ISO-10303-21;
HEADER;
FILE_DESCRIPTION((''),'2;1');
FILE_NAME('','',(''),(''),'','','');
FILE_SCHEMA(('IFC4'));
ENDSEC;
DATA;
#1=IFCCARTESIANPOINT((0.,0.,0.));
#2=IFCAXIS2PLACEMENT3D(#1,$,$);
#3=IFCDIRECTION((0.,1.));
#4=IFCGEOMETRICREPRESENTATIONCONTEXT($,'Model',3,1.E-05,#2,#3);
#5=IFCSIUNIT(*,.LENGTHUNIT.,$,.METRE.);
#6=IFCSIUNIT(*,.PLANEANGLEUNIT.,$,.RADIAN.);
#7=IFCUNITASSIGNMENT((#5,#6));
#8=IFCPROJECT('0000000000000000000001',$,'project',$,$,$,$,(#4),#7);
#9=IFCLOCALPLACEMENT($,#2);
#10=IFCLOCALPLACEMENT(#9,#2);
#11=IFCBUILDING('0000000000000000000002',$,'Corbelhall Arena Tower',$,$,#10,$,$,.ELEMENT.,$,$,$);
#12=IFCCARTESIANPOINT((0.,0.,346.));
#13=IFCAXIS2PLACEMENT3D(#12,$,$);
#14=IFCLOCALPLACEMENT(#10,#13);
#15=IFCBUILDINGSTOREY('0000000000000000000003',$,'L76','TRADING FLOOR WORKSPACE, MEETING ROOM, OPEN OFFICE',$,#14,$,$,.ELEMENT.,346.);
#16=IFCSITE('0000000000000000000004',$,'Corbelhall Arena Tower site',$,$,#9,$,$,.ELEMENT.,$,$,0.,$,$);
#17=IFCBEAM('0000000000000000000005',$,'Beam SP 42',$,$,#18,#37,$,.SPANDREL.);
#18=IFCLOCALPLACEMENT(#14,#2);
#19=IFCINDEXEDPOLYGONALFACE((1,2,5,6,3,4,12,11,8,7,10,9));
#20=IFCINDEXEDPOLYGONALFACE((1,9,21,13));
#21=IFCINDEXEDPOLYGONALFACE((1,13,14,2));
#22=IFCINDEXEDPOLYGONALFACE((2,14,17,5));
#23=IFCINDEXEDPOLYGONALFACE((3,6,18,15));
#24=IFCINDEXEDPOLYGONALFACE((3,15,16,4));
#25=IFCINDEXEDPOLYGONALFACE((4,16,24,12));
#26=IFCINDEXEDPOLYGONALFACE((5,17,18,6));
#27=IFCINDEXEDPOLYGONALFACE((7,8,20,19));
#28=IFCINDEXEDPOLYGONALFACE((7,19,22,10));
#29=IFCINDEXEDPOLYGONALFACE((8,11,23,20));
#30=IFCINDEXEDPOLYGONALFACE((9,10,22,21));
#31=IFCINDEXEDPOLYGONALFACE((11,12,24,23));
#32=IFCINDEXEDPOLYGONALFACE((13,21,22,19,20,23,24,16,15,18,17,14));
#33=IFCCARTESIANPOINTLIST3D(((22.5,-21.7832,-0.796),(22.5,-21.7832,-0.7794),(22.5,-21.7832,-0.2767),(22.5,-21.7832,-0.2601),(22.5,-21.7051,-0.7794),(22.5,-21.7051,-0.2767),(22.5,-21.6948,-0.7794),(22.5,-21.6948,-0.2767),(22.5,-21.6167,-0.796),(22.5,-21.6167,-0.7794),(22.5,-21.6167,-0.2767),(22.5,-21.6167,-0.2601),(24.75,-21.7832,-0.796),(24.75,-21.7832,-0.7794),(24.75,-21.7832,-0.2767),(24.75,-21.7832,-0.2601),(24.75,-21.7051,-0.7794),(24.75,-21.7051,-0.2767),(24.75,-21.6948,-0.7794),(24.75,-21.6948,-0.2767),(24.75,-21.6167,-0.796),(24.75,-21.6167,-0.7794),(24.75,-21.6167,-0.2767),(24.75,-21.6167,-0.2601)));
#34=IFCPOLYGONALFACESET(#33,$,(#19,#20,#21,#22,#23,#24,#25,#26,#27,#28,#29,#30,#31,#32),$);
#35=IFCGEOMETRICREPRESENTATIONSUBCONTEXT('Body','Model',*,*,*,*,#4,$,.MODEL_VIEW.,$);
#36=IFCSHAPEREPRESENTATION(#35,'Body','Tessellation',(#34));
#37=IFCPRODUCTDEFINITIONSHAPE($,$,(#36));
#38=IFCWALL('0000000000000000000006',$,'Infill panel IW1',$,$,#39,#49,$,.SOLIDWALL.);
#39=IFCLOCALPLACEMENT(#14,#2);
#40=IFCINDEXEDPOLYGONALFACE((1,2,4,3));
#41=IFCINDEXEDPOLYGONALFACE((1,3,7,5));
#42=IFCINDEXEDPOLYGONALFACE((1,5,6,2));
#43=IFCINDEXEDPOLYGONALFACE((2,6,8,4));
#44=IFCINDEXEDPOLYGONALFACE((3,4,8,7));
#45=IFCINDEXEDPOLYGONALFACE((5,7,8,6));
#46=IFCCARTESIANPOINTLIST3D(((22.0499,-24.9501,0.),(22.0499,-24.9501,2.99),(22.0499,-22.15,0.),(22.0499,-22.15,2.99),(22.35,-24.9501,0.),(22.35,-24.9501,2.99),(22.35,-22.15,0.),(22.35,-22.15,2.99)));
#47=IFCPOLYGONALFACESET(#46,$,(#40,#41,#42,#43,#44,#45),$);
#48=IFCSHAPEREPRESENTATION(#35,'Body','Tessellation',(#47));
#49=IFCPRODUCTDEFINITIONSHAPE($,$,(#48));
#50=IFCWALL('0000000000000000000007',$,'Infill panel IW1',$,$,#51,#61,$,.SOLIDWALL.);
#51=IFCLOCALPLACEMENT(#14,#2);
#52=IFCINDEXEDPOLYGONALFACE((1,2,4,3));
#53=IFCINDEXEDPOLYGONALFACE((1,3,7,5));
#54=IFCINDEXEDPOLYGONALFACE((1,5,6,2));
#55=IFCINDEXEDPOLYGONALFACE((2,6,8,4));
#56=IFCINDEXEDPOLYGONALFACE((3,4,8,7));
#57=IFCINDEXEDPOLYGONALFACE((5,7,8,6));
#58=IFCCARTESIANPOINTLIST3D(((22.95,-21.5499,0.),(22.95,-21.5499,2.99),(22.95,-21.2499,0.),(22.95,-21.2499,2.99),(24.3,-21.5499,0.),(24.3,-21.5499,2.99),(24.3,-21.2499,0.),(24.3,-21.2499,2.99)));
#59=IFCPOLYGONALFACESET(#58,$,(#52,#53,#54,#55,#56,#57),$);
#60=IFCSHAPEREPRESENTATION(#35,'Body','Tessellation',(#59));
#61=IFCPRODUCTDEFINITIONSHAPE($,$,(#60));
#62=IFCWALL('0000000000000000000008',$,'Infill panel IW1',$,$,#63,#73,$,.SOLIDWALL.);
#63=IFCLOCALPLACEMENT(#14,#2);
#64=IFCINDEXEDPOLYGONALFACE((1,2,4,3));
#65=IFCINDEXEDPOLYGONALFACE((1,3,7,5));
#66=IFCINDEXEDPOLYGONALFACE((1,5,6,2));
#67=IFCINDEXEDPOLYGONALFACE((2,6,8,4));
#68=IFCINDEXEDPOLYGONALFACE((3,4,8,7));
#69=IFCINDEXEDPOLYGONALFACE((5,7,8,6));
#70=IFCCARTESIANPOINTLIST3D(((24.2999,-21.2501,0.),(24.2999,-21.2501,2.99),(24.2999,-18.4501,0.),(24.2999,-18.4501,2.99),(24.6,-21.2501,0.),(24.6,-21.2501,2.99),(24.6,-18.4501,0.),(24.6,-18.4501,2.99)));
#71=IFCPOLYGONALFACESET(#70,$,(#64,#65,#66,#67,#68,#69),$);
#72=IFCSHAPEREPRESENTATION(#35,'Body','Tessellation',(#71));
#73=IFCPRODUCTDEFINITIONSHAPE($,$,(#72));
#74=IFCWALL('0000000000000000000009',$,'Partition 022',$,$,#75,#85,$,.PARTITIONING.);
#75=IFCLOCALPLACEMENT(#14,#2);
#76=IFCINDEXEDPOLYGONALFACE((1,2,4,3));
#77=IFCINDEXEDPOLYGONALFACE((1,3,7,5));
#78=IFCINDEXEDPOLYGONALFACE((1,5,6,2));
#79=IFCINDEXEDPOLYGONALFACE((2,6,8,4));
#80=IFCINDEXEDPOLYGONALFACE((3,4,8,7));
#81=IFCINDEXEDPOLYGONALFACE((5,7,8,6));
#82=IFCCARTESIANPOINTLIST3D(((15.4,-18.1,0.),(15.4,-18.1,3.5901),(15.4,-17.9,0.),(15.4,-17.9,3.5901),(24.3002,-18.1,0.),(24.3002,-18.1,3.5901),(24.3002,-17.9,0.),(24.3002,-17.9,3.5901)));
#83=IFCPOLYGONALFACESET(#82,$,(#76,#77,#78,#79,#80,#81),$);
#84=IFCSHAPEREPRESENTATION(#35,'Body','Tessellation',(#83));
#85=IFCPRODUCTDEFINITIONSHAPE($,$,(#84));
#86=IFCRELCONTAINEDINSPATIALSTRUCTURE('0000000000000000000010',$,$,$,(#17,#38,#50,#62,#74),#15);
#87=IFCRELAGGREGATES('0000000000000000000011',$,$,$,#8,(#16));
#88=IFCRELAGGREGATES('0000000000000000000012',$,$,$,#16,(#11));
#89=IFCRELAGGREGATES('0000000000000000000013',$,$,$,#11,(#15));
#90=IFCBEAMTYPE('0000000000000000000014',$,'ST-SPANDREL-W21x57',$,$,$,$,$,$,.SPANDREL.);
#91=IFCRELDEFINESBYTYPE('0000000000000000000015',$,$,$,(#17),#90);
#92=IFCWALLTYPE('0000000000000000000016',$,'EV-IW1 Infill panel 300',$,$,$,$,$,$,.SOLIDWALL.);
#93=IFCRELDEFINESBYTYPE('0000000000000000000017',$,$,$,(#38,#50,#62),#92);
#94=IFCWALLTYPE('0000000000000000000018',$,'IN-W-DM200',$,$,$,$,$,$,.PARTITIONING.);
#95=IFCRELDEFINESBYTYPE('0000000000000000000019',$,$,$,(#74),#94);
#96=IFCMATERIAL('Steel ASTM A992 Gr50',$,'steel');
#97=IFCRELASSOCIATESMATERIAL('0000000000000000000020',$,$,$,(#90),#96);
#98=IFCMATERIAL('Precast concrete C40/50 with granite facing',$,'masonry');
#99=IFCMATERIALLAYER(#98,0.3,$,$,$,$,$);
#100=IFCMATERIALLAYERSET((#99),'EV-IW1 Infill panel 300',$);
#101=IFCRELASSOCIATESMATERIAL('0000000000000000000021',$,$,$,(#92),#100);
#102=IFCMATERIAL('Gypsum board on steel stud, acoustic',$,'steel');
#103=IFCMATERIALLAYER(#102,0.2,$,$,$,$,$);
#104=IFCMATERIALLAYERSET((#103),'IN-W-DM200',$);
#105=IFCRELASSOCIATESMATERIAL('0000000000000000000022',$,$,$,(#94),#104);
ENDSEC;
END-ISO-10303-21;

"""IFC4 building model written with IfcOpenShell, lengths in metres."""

from ifc_helpers import new_model, si_unit, direction, frame, frame_2d, origin, origin_2d, place, context, subcontext, project, spatial, rectangle, i_section, extrude, material, layer, layer_set, material_profile, profile_set, type_object, element, save


model = new_model("IFC4")

# Units and contexts
model_context = context("Model", 3, precision=1e-05, world=origin(), true_north=direction((0.0, 1.0)))
body_context = subcontext(model_context, "Body", "Model", "MODEL_VIEW")
ifc_project = project(units=[si_unit("LENGTHUNIT", "METRE"), si_unit("PLANEANGLEUNIT", "RADIAN")], contexts=[model_context])

# Site, building, storey
site_placement = place(None, origin())
site = spatial("IfcSite", under=ifc_project, at=site_placement, Name="Corbelhall Arena Tower site", CompositionType="ELEMENT", RefElevation=0.0)
building_placement = place(site_placement, origin())
building = spatial("IfcBuilding", under=site, at=building_placement, Name="Corbelhall Arena Tower", CompositionType="ELEMENT")
storey_placement = place(building_placement, frame((0.0, 0.0, 346.0)))
storey = spatial("IfcBuildingStorey", under=building, at=storey_placement, Name="L76", Description="TRADING FLOOR WORKSPACE, MEETING ROOM, OPEN OFFICE", CompositionType="ELEMENT", Elevation=346.0)

# Beam
ifc_material_1 = material(Name="Steel ASTM A992 Gr50", Category="steel")
ifc_material_profile_1 = material_profile(ifc_material_1, i_section(OverallWidth=0.1665, OverallDepth=0.5359, WebThickness=0.0103, FlangeThickness=0.0166, at=origin_2d()))
ifc_profile_set_1 = profile_set([ifc_material_profile_1], Name="Steel ASTM A992 Gr50")
beam_type = type_object("IfcBeamType", Name="ST-SPANDREL-W21x57", PredefinedType="SPANDREL", material=ifc_profile_set_1)
beam_1_placement = place(storey_placement, frame((24.75, -21.7, -0.5281), z_axis=(-1.0, 0.0, 0.0), x_axis=(0.0, -1.0, 0.0)))
element("IfcBeam", 1, at=beam_1_placement, inside=storey, type_object=beam_type, Name="Beam SP 42", PredefinedType="SPANDREL", context=body_context, shape_type="SweptSolid", body=[
    extrude(i_section(OverallWidth=0.1665, OverallDepth=0.5359, WebThickness=0.0103, FlangeThickness=0.0166, at=origin_2d()), origin(), (0.0, 0.0, 1.0), 2.25),
])

# Shared definitions
ifc_material_2 = material(Name="Precast concrete C40/50 with granite facing", Category="masonry")
ifc_layer_1 = layer(ifc_material_2, 0.3)
ifc_layer_set_1 = layer_set([ifc_layer_1], Name="EV-IW1 Infill panel 300")
wall_type_1 = type_object("IfcWallType", Name="EV-IW1 Infill panel 300", PredefinedType="SOLIDWALL", material=ifc_layer_set_1)

# Walls
wall_1_placement = place(storey_placement, frame((22.2, -24.95, 0.0), z_axis=(0.0, 0.0, 1.0), x_axis=(0.0, 1.0, 0.0)))
element("IfcWall", 2, at=wall_1_placement, inside=storey, type_object=wall_type_1, Name="Infill panel IW1", PredefinedType="SOLIDWALL", context=body_context, shape_type="SweptSolid", body=[
    extrude(rectangle(XDim=2.8, YDim=0.3, at=frame_2d((1.3999, 0.0))), origin(), (0.0, 0.0, 1.0), 2.99),
])
wall_2_placement = place(storey_placement, frame((22.95, -21.3999, 0.0), z_axis=(0.0, 0.0, 1.0), x_axis=(1.0, 0.0, 0.0)))
element("IfcWall", 3, at=wall_2_placement, inside=storey, type_object=wall_type_1, Name="Infill panel IW1", PredefinedType="SOLIDWALL", context=body_context, shape_type="SweptSolid", body=[
    extrude(rectangle(XDim=1.3501, YDim=0.3, at=frame_2d((0.675, 0.0))), origin(), (0.0, 0.0, 1.0), 2.99),
])
wall_3_placement = place(storey_placement, frame((24.45, -21.25, 0.0), z_axis=(0.0, 0.0, 1.0), x_axis=(0.0, 1.0, 0.0)))
element("IfcWall", 4, at=wall_3_placement, inside=storey, type_object=wall_type_1, Name="Infill panel IW1", PredefinedType="SOLIDWALL", context=body_context, shape_type="SweptSolid", body=[
    extrude(rectangle(XDim=2.8, YDim=0.3, at=frame_2d((1.3999, 0.0))), origin(), (0.0, 0.0, 1.0), 2.99),
])

# Shared definitions
ifc_material_3 = material(Name="Gypsum board on steel stud, acoustic", Category="steel")
ifc_layer_2 = layer(ifc_material_3, 0.2)
ifc_layer_set_2 = layer_set([ifc_layer_2], Name="IN-W-DM200")
wall_type_2 = type_object("IfcWallType", Name="IN-W-DM200", PredefinedType="PARTITIONING", material=ifc_layer_set_2)

# Wall
wall_4_placement = place(storey_placement, frame((15.3999, -18.0, 0.0), z_axis=(0.0, 0.0, 1.0), x_axis=(1.0, 0.0, 0.0)))
element("IfcWall", 5, at=wall_4_placement, inside=storey, type_object=wall_type_2, Name="Partition 022", PredefinedType="PARTITIONING", context=body_context, shape_type="SweptSolid", body=[
    extrude(rectangle(XDim=8.9001, YDim=0.2, at=frame_2d((4.4502, 0.0))), origin(), (0.0, 0.0, 1.0), 3.5901),
])

save(model, "model.ifc")
